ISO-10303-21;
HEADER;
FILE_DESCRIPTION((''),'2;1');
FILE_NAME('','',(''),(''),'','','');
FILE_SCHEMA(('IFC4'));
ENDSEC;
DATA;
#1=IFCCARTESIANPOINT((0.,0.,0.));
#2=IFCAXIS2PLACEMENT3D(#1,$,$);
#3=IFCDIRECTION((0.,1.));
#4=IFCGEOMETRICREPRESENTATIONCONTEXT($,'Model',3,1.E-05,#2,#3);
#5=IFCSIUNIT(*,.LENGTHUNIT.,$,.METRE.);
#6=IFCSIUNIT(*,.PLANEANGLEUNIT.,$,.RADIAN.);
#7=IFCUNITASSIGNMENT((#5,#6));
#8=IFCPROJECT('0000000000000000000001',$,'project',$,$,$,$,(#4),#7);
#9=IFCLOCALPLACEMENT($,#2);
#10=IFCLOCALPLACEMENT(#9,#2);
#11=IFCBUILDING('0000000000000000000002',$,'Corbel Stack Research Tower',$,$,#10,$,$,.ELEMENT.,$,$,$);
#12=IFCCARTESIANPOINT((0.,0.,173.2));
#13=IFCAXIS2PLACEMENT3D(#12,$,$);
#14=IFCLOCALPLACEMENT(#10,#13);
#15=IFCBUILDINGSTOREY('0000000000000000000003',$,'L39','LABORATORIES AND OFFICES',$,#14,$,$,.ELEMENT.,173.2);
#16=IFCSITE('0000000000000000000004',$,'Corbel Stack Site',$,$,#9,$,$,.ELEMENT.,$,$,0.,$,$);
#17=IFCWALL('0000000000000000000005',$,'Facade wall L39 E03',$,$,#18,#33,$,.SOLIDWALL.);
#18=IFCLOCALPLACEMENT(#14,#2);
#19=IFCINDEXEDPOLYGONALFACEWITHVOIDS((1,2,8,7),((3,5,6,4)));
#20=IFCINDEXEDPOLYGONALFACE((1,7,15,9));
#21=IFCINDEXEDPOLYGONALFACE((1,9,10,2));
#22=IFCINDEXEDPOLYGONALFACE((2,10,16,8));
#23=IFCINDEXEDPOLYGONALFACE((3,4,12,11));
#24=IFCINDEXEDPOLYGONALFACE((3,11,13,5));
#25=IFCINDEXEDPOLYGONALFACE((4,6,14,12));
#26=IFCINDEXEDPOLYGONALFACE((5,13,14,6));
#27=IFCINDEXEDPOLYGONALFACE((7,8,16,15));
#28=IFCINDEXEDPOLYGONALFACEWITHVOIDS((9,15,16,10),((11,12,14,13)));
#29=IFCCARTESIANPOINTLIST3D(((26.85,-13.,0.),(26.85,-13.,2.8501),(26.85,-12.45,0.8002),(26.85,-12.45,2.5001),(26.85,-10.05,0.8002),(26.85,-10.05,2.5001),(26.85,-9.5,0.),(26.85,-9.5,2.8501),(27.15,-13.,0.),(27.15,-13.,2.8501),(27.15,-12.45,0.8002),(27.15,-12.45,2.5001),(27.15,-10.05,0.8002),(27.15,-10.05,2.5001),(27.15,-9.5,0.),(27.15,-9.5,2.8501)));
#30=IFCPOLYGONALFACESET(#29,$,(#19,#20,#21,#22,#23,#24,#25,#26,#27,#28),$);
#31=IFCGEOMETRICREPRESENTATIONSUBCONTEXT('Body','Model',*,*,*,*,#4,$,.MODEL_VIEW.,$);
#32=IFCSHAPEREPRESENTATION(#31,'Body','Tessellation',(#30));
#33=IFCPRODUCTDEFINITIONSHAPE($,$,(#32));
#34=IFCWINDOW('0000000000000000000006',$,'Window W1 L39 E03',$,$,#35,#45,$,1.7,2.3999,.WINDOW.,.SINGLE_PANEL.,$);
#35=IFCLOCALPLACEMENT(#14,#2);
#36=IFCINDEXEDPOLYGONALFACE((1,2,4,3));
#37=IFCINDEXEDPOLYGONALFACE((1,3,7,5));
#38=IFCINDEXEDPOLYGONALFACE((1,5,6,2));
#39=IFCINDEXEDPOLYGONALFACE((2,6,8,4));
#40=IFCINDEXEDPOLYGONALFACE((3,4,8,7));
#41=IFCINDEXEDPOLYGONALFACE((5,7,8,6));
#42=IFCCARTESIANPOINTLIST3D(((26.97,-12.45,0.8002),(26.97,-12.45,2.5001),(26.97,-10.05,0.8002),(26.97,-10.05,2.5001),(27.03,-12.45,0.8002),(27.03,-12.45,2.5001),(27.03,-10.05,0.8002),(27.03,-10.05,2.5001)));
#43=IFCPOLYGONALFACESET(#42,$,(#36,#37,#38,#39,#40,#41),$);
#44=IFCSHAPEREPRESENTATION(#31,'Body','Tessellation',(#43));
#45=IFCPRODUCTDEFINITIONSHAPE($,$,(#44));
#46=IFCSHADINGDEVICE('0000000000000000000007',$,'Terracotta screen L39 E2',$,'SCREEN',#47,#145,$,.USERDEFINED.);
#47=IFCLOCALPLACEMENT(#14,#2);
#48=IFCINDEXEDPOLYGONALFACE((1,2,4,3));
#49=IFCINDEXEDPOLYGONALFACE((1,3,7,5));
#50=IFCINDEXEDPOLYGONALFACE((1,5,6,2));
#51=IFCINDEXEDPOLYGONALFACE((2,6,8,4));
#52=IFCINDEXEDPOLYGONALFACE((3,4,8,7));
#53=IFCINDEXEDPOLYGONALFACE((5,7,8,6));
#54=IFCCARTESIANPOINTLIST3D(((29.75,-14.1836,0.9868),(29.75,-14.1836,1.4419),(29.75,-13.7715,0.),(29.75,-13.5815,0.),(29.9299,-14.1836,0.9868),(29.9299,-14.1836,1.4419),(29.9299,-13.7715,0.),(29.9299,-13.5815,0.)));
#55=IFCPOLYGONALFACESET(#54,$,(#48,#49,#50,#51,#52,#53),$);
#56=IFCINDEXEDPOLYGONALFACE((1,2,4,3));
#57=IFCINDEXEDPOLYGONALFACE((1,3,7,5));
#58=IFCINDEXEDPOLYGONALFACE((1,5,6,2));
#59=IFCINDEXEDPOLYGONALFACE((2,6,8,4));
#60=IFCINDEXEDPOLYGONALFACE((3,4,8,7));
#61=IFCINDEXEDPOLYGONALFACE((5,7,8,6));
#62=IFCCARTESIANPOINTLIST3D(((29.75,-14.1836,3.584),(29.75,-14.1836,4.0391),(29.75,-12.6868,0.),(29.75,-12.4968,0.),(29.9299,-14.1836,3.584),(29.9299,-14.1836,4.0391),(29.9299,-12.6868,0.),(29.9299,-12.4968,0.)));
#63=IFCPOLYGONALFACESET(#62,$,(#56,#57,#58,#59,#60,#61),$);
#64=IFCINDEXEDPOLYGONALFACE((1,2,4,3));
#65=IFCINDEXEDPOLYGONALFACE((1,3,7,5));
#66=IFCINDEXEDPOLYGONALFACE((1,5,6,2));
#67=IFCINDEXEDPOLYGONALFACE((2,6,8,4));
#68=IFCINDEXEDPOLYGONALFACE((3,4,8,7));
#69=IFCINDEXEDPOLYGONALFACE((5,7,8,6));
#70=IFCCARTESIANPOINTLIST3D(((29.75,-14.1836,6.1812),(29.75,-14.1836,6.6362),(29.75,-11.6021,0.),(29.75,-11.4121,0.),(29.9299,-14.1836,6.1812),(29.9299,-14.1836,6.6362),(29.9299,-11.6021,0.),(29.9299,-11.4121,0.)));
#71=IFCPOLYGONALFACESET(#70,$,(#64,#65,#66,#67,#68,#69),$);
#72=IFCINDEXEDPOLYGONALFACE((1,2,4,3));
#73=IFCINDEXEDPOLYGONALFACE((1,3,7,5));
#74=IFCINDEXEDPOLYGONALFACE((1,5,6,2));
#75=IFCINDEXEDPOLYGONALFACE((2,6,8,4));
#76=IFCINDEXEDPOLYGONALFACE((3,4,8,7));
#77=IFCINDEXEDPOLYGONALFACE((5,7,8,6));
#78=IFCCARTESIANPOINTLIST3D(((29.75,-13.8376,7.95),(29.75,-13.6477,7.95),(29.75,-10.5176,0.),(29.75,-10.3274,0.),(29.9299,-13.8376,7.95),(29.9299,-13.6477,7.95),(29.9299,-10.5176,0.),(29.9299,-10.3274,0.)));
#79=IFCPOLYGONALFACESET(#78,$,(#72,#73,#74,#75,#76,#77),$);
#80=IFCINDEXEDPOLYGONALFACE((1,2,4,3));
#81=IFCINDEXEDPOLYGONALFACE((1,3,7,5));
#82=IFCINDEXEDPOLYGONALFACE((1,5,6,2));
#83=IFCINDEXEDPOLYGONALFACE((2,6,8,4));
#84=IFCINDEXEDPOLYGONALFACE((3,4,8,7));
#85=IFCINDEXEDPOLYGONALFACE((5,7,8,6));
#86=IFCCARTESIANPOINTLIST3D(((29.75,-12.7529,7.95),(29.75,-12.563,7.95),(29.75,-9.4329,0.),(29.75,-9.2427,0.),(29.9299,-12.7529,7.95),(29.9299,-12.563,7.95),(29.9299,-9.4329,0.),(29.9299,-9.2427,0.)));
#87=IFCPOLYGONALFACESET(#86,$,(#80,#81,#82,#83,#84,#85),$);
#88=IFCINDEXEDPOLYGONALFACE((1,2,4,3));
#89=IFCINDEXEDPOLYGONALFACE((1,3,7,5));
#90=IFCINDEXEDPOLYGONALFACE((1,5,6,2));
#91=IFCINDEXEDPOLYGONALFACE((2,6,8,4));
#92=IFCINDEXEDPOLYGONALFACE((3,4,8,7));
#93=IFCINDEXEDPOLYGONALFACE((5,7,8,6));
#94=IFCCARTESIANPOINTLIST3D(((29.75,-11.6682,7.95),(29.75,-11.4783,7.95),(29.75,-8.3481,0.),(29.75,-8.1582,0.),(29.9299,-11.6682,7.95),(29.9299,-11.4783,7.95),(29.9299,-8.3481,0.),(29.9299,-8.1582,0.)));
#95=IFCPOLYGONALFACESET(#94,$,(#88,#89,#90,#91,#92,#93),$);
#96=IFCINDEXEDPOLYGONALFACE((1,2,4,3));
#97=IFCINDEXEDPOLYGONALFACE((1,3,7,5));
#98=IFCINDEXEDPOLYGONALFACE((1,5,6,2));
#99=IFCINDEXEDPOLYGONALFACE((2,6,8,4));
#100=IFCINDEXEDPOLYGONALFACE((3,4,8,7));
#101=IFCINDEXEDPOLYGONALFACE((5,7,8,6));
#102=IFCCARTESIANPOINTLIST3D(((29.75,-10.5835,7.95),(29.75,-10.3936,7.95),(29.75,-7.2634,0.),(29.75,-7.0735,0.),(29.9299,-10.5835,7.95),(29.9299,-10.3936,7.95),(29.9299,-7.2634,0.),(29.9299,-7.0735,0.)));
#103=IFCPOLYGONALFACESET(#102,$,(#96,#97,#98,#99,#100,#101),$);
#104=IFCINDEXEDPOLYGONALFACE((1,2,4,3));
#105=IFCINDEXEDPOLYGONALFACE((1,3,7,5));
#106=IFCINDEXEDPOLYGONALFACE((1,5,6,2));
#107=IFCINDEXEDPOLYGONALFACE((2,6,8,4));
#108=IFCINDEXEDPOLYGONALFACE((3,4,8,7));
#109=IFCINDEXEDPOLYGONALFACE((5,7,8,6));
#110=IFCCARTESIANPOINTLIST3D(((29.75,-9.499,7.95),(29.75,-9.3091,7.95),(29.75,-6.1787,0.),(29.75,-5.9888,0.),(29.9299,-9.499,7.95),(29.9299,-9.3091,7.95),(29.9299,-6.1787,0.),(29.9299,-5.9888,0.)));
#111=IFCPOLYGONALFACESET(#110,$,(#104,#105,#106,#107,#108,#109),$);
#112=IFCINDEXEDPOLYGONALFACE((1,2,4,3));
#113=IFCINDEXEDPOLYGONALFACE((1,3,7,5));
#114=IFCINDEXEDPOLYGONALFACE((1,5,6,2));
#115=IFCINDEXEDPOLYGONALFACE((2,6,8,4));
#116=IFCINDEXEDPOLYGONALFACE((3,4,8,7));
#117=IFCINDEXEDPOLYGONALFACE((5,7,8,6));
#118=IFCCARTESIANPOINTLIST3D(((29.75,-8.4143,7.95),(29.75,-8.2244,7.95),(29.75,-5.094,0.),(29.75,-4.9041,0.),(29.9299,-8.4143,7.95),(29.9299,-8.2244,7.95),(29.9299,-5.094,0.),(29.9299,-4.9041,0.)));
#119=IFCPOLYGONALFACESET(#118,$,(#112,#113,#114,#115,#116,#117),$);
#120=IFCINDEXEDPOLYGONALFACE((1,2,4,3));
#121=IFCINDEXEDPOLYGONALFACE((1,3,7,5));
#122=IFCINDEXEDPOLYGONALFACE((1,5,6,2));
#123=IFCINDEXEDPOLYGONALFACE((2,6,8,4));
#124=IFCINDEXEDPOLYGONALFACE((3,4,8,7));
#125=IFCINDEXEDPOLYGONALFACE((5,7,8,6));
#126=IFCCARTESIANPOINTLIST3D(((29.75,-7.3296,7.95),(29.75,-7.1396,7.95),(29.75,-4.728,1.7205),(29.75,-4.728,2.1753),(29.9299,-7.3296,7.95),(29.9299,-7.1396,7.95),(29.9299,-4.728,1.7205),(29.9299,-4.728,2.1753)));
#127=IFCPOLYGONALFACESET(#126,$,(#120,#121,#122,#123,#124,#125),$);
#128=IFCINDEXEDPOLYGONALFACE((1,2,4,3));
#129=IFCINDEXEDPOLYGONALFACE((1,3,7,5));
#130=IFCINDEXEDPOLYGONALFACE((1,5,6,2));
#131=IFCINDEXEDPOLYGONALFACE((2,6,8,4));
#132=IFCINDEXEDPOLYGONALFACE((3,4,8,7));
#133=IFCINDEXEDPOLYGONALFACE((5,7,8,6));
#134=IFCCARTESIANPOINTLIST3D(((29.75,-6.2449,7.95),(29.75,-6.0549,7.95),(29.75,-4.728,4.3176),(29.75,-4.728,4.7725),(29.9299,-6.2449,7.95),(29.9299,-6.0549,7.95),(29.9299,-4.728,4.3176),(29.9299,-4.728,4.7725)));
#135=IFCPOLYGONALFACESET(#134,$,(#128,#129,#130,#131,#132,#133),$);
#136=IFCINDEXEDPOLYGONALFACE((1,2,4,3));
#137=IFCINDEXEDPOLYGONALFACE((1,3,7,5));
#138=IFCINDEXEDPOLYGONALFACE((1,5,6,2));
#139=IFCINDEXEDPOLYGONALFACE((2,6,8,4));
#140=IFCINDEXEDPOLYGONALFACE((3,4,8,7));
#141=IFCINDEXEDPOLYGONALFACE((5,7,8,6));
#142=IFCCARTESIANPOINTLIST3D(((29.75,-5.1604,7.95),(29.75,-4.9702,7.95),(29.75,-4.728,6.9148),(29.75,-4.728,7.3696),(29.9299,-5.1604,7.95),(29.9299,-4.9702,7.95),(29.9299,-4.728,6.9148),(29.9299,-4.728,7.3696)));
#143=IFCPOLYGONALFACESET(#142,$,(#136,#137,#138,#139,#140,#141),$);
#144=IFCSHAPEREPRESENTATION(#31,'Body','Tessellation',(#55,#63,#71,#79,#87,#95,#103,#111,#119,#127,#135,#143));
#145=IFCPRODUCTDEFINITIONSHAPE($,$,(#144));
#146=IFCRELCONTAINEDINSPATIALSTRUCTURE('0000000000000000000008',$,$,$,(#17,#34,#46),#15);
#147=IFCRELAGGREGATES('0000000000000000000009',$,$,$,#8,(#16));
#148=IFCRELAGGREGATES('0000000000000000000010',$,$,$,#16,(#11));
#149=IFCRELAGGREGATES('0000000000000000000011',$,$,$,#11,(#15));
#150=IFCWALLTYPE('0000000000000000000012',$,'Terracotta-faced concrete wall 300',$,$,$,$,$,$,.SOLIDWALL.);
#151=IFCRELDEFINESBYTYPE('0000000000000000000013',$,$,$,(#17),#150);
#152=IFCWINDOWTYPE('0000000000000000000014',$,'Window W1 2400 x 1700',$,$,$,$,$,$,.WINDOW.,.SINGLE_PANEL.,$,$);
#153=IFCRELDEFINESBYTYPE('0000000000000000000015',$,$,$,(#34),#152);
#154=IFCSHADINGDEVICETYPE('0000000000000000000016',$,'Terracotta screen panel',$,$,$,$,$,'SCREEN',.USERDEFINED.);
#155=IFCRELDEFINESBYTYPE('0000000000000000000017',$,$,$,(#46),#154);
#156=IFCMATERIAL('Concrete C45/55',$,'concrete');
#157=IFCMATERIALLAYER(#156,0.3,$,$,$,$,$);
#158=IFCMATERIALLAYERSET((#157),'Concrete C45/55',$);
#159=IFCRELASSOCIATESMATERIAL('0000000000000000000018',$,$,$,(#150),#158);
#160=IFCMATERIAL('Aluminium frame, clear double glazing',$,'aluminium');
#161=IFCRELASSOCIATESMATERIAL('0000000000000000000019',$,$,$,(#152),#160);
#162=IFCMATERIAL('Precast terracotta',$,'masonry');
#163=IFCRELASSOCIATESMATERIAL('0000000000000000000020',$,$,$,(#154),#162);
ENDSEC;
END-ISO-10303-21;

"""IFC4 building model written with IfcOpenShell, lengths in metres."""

from ifc_helpers import new_model, si_unit, direction, frame, frame_2d, origin, place, context, subcontext, project, spatial, polyline, rectangle, outline, extrude, source, transform, mapped, material, layer, layer_set, type_object, element, fill, save


model = new_model("IFC4")

# Units and contexts
model_context = context("Model", 3, precision=1e-05, world=origin(), true_north=direction((0.0, 1.0)))
body_context = subcontext(model_context, "Body", "Model", "MODEL_VIEW")
ifc_project = project(units=[si_unit("LENGTHUNIT", "METRE"), si_unit("PLANEANGLEUNIT", "RADIAN")], contexts=[model_context])

# Site, building, storey
site_placement = place(None, origin())
site = spatial("IfcSite", under=ifc_project, at=site_placement, Name="Corbel Stack Site", CompositionType="ELEMENT", RefElevation=0.0)
building_placement = place(site_placement, origin())
building = spatial("IfcBuilding", under=site, at=building_placement, Name="Corbel Stack Research Tower", CompositionType="ELEMENT")
storey_placement = place(building_placement, frame((0.0, 0.0, 173.2)))
storey = spatial("IfcBuildingStorey", under=building, at=storey_placement, Name="L39", Description="LABORATORIES AND OFFICES", CompositionType="ELEMENT", Elevation=173.2)

# Shared definitions
ifc_material_1 = material(Name="Concrete C45/55", Category="concrete")
ifc_layer_1 = layer(ifc_material_1, 0.3)
ifc_layer_set_1 = layer_set([ifc_layer_1], Name="Concrete C45/55")
wall_type_1 = type_object("IfcWallType", Name="Terracotta-faced concrete wall 300", PredefinedType="SOLIDWALL", material=ifc_layer_set_1)

# Wall, opening, window
wall_1_placement = place(storey_placement, frame((27.0, -9.5, 0.0), z_axis=(0.0, 0.0, 1.0), x_axis=(0.0, -1.0, 0.0)))
wall_1 = element("IfcWall", 1, at=wall_1_placement, inside=storey, type_object=wall_type_1, Name="Facade wall L39 E03", PredefinedType="SOLIDWALL", context=body_context, shape_type="SweptSolid", body=[
    extrude(rectangle(XDim=3.5, YDim=0.3, at=frame_2d((1.75, 0.0))), origin(), (0.0, 0.0, 1.0), 2.8501),
])
opening_1_placement = place(wall_1_placement, frame((0.55, 0.0, 0.8)))
opening_1 = element("IfcOpeningElement", 2, at=opening_1_placement, cuts=wall_1, PredefinedType="OPENING", context=body_context, shape_type="SweptSolid", body=[
    extrude(rectangle(XDim=2.3999, YDim=1.7, at=frame_2d((1.2, 0.8501))), frame((0.0, 0.1599, 0.0), z_axis=(0.0, -1.0, 0.0), x_axis=(1.0, 0.0, 0.0)), (0.0, 0.0, 1.0), 0.3201),
])
ifc_material_2 = material(Name="Aluminium frame, clear double glazing", Category="aluminium")
window_type = type_object("IfcWindowType", Name="Window W1 2400 x 1700", PartitioningType="SINGLE_PANEL", PredefinedType="WINDOW", material=ifc_material_2)
window_placement = place(opening_1_placement, origin())
window = element("IfcWindow", 3, at=window_placement, inside=storey, type_object=window_type, Name="Window W1 L39 E03", OverallHeight=1.7, OverallWidth=2.3999, PartitioningType="SINGLE_PANEL", PredefinedType="WINDOW", context=body_context, shape_type="SweptSolid", body=[
    extrude(rectangle(XDim=2.3999, YDim=1.7, at=frame_2d((1.2, 0.8501))), frame((0.0, 0.03, 0.0), z_axis=(0.0, -1.0, 0.0), x_axis=(1.0, 0.0, 0.0)), (0.0, 0.0, 1.0), 0.0601),
])
fill(opening_1, window)

# Shading device
ifc_material_3 = material(Name="Precast terracotta", Category="masonry")
shading_device_type = type_object("IfcShadingDeviceType", Name="Terracotta screen panel", ElementType="SCREEN", PredefinedType="USERDEFINED", material=ifc_material_3)
shared_shape = source(origin(), body_context, "Body", "SweptSolid", [
    extrude(outline(polyline([(0.6021, 0.0), (0.0, 1.4419), (0.0, 0.9868), (0.4121, 0.0), (0.6021, 0.0)])), frame((0.0, 0.0, 0.0), z_axis=(0.0, -1.0, 0.0), x_axis=(1.0, 0.0, 0.0)), (0.0, 0.0, 1.0), 0.1799),
    extrude(outline(polyline([(1.6868, 0.0), (0.0, 4.0391), (0.0, 3.584), (1.4968, 0.0), (1.6868, 0.0)])), frame((0.0, 0.0, 0.0), z_axis=(0.0, -1.0, 0.0), x_axis=(1.0, 0.0, 0.0)), (0.0, 0.0, 1.0), 0.1799),
    extrude(outline(polyline([(2.7715, 0.0), (0.0, 6.6362), (0.0, 6.1812), (2.5815, 0.0), (2.7715, 0.0)])), frame((0.0, 0.0, 0.0), z_axis=(0.0, -1.0, 0.0), x_axis=(1.0, 0.0, 0.0)), (0.0, 0.0, 1.0), 0.1799),
    extrude(outline(polyline([(3.8562, 0.0), (0.5359, 7.95), (0.3459, 7.95), (3.666, 0.0), (3.8562, 0.0)])), frame((0.0, 0.0, 0.0), z_axis=(0.0, -1.0, 0.0), x_axis=(1.0, 0.0, 0.0)), (0.0, 0.0, 1.0), 0.1799),
    extrude(outline(polyline([(4.9409, 0.0), (1.6206, 7.95), (1.4307, 7.95), (4.7507, 0.0), (4.9409, 0.0)])), frame((0.0, 0.0, 0.0), z_axis=(0.0, -1.0, 0.0), x_axis=(1.0, 0.0, 0.0)), (0.0, 0.0, 1.0), 0.1799),
    extrude(outline(polyline([(6.0254, 0.0), (2.7053, 7.95), (2.5154, 7.95), (5.8354, 0.0), (6.0254, 0.0)])), frame((0.0, 0.0, 0.0), z_axis=(0.0, -1.0, 0.0), x_axis=(1.0, 0.0, 0.0)), (0.0, 0.0, 1.0), 0.1799),
    extrude(outline(polyline([(7.1101, 0.0), (3.79, 7.95), (3.6001, 7.95), (6.9202, 0.0), (7.1101, 0.0)])), frame((0.0, 0.0, 0.0), z_axis=(0.0, -1.0, 0.0), x_axis=(1.0, 0.0, 0.0)), (0.0, 0.0, 1.0), 0.1799),
    extrude(outline(polyline([(8.1948, 0.0), (4.8745, 7.95), (4.6846, 7.95), (8.0049, 0.0), (8.1948, 0.0)])), frame((0.0, 0.0, 0.0), z_axis=(0.0, -1.0, 0.0), x_axis=(1.0, 0.0, 0.0)), (0.0, 0.0, 1.0), 0.1799),
    extrude(outline(polyline([(9.2795, 0.0), (5.9592, 7.95), (5.7693, 7.95), (9.0896, 0.0), (9.2795, 0.0)])), frame((0.0, 0.0, 0.0), z_axis=(0.0, -1.0, 0.0), x_axis=(1.0, 0.0, 0.0)), (0.0, 0.0, 1.0), 0.1799),
    extrude(outline(polyline([(7.0439, 7.95), (6.854, 7.95), (9.4556, 1.7205), (9.4556, 2.1753), (7.0439, 7.95)])), frame((0.0, 0.0, 0.0), z_axis=(0.0, -1.0, 0.0), x_axis=(1.0, 0.0, 0.0)), (0.0, 0.0, 1.0), 0.1799),
    extrude(outline(polyline([(8.1287, 7.95), (7.9387, 7.95), (9.4556, 4.3176), (9.4556, 4.7725), (8.1287, 7.95)])), frame((0.0, 0.0, 0.0), z_axis=(0.0, -1.0, 0.0), x_axis=(1.0, 0.0, 0.0)), (0.0, 0.0, 1.0), 0.1799),
    extrude(outline(polyline([(9.2134, 7.95), (9.0232, 7.95), (9.4556, 6.9148), (9.4556, 7.3696), (9.2134, 7.95)])), frame((0.0, 0.0, 0.0), z_axis=(0.0, -1.0, 0.0), x_axis=(1.0, 0.0, 0.0)), (0.0, 0.0, 1.0), 0.1799),
])
shading_device_placement = place(storey_placement, frame((29.75, -14.1836, 0.0), z_axis=(0.0, 0.0, 1.0), x_axis=(0.0, 1.0, 0.0)))
element("IfcShadingDevice", 4, at=shading_device_placement, inside=storey, type_object=shading_device_type, Name="Terracotta screen L39 E2", ObjectType="SCREEN", PredefinedType="USERDEFINED", context=body_context, shape_type="MappedRepresentation", body=[
    mapped(shared_shape, transform((0.0, 0.0, 0.0))),
])

save(model, "model.ifc")
